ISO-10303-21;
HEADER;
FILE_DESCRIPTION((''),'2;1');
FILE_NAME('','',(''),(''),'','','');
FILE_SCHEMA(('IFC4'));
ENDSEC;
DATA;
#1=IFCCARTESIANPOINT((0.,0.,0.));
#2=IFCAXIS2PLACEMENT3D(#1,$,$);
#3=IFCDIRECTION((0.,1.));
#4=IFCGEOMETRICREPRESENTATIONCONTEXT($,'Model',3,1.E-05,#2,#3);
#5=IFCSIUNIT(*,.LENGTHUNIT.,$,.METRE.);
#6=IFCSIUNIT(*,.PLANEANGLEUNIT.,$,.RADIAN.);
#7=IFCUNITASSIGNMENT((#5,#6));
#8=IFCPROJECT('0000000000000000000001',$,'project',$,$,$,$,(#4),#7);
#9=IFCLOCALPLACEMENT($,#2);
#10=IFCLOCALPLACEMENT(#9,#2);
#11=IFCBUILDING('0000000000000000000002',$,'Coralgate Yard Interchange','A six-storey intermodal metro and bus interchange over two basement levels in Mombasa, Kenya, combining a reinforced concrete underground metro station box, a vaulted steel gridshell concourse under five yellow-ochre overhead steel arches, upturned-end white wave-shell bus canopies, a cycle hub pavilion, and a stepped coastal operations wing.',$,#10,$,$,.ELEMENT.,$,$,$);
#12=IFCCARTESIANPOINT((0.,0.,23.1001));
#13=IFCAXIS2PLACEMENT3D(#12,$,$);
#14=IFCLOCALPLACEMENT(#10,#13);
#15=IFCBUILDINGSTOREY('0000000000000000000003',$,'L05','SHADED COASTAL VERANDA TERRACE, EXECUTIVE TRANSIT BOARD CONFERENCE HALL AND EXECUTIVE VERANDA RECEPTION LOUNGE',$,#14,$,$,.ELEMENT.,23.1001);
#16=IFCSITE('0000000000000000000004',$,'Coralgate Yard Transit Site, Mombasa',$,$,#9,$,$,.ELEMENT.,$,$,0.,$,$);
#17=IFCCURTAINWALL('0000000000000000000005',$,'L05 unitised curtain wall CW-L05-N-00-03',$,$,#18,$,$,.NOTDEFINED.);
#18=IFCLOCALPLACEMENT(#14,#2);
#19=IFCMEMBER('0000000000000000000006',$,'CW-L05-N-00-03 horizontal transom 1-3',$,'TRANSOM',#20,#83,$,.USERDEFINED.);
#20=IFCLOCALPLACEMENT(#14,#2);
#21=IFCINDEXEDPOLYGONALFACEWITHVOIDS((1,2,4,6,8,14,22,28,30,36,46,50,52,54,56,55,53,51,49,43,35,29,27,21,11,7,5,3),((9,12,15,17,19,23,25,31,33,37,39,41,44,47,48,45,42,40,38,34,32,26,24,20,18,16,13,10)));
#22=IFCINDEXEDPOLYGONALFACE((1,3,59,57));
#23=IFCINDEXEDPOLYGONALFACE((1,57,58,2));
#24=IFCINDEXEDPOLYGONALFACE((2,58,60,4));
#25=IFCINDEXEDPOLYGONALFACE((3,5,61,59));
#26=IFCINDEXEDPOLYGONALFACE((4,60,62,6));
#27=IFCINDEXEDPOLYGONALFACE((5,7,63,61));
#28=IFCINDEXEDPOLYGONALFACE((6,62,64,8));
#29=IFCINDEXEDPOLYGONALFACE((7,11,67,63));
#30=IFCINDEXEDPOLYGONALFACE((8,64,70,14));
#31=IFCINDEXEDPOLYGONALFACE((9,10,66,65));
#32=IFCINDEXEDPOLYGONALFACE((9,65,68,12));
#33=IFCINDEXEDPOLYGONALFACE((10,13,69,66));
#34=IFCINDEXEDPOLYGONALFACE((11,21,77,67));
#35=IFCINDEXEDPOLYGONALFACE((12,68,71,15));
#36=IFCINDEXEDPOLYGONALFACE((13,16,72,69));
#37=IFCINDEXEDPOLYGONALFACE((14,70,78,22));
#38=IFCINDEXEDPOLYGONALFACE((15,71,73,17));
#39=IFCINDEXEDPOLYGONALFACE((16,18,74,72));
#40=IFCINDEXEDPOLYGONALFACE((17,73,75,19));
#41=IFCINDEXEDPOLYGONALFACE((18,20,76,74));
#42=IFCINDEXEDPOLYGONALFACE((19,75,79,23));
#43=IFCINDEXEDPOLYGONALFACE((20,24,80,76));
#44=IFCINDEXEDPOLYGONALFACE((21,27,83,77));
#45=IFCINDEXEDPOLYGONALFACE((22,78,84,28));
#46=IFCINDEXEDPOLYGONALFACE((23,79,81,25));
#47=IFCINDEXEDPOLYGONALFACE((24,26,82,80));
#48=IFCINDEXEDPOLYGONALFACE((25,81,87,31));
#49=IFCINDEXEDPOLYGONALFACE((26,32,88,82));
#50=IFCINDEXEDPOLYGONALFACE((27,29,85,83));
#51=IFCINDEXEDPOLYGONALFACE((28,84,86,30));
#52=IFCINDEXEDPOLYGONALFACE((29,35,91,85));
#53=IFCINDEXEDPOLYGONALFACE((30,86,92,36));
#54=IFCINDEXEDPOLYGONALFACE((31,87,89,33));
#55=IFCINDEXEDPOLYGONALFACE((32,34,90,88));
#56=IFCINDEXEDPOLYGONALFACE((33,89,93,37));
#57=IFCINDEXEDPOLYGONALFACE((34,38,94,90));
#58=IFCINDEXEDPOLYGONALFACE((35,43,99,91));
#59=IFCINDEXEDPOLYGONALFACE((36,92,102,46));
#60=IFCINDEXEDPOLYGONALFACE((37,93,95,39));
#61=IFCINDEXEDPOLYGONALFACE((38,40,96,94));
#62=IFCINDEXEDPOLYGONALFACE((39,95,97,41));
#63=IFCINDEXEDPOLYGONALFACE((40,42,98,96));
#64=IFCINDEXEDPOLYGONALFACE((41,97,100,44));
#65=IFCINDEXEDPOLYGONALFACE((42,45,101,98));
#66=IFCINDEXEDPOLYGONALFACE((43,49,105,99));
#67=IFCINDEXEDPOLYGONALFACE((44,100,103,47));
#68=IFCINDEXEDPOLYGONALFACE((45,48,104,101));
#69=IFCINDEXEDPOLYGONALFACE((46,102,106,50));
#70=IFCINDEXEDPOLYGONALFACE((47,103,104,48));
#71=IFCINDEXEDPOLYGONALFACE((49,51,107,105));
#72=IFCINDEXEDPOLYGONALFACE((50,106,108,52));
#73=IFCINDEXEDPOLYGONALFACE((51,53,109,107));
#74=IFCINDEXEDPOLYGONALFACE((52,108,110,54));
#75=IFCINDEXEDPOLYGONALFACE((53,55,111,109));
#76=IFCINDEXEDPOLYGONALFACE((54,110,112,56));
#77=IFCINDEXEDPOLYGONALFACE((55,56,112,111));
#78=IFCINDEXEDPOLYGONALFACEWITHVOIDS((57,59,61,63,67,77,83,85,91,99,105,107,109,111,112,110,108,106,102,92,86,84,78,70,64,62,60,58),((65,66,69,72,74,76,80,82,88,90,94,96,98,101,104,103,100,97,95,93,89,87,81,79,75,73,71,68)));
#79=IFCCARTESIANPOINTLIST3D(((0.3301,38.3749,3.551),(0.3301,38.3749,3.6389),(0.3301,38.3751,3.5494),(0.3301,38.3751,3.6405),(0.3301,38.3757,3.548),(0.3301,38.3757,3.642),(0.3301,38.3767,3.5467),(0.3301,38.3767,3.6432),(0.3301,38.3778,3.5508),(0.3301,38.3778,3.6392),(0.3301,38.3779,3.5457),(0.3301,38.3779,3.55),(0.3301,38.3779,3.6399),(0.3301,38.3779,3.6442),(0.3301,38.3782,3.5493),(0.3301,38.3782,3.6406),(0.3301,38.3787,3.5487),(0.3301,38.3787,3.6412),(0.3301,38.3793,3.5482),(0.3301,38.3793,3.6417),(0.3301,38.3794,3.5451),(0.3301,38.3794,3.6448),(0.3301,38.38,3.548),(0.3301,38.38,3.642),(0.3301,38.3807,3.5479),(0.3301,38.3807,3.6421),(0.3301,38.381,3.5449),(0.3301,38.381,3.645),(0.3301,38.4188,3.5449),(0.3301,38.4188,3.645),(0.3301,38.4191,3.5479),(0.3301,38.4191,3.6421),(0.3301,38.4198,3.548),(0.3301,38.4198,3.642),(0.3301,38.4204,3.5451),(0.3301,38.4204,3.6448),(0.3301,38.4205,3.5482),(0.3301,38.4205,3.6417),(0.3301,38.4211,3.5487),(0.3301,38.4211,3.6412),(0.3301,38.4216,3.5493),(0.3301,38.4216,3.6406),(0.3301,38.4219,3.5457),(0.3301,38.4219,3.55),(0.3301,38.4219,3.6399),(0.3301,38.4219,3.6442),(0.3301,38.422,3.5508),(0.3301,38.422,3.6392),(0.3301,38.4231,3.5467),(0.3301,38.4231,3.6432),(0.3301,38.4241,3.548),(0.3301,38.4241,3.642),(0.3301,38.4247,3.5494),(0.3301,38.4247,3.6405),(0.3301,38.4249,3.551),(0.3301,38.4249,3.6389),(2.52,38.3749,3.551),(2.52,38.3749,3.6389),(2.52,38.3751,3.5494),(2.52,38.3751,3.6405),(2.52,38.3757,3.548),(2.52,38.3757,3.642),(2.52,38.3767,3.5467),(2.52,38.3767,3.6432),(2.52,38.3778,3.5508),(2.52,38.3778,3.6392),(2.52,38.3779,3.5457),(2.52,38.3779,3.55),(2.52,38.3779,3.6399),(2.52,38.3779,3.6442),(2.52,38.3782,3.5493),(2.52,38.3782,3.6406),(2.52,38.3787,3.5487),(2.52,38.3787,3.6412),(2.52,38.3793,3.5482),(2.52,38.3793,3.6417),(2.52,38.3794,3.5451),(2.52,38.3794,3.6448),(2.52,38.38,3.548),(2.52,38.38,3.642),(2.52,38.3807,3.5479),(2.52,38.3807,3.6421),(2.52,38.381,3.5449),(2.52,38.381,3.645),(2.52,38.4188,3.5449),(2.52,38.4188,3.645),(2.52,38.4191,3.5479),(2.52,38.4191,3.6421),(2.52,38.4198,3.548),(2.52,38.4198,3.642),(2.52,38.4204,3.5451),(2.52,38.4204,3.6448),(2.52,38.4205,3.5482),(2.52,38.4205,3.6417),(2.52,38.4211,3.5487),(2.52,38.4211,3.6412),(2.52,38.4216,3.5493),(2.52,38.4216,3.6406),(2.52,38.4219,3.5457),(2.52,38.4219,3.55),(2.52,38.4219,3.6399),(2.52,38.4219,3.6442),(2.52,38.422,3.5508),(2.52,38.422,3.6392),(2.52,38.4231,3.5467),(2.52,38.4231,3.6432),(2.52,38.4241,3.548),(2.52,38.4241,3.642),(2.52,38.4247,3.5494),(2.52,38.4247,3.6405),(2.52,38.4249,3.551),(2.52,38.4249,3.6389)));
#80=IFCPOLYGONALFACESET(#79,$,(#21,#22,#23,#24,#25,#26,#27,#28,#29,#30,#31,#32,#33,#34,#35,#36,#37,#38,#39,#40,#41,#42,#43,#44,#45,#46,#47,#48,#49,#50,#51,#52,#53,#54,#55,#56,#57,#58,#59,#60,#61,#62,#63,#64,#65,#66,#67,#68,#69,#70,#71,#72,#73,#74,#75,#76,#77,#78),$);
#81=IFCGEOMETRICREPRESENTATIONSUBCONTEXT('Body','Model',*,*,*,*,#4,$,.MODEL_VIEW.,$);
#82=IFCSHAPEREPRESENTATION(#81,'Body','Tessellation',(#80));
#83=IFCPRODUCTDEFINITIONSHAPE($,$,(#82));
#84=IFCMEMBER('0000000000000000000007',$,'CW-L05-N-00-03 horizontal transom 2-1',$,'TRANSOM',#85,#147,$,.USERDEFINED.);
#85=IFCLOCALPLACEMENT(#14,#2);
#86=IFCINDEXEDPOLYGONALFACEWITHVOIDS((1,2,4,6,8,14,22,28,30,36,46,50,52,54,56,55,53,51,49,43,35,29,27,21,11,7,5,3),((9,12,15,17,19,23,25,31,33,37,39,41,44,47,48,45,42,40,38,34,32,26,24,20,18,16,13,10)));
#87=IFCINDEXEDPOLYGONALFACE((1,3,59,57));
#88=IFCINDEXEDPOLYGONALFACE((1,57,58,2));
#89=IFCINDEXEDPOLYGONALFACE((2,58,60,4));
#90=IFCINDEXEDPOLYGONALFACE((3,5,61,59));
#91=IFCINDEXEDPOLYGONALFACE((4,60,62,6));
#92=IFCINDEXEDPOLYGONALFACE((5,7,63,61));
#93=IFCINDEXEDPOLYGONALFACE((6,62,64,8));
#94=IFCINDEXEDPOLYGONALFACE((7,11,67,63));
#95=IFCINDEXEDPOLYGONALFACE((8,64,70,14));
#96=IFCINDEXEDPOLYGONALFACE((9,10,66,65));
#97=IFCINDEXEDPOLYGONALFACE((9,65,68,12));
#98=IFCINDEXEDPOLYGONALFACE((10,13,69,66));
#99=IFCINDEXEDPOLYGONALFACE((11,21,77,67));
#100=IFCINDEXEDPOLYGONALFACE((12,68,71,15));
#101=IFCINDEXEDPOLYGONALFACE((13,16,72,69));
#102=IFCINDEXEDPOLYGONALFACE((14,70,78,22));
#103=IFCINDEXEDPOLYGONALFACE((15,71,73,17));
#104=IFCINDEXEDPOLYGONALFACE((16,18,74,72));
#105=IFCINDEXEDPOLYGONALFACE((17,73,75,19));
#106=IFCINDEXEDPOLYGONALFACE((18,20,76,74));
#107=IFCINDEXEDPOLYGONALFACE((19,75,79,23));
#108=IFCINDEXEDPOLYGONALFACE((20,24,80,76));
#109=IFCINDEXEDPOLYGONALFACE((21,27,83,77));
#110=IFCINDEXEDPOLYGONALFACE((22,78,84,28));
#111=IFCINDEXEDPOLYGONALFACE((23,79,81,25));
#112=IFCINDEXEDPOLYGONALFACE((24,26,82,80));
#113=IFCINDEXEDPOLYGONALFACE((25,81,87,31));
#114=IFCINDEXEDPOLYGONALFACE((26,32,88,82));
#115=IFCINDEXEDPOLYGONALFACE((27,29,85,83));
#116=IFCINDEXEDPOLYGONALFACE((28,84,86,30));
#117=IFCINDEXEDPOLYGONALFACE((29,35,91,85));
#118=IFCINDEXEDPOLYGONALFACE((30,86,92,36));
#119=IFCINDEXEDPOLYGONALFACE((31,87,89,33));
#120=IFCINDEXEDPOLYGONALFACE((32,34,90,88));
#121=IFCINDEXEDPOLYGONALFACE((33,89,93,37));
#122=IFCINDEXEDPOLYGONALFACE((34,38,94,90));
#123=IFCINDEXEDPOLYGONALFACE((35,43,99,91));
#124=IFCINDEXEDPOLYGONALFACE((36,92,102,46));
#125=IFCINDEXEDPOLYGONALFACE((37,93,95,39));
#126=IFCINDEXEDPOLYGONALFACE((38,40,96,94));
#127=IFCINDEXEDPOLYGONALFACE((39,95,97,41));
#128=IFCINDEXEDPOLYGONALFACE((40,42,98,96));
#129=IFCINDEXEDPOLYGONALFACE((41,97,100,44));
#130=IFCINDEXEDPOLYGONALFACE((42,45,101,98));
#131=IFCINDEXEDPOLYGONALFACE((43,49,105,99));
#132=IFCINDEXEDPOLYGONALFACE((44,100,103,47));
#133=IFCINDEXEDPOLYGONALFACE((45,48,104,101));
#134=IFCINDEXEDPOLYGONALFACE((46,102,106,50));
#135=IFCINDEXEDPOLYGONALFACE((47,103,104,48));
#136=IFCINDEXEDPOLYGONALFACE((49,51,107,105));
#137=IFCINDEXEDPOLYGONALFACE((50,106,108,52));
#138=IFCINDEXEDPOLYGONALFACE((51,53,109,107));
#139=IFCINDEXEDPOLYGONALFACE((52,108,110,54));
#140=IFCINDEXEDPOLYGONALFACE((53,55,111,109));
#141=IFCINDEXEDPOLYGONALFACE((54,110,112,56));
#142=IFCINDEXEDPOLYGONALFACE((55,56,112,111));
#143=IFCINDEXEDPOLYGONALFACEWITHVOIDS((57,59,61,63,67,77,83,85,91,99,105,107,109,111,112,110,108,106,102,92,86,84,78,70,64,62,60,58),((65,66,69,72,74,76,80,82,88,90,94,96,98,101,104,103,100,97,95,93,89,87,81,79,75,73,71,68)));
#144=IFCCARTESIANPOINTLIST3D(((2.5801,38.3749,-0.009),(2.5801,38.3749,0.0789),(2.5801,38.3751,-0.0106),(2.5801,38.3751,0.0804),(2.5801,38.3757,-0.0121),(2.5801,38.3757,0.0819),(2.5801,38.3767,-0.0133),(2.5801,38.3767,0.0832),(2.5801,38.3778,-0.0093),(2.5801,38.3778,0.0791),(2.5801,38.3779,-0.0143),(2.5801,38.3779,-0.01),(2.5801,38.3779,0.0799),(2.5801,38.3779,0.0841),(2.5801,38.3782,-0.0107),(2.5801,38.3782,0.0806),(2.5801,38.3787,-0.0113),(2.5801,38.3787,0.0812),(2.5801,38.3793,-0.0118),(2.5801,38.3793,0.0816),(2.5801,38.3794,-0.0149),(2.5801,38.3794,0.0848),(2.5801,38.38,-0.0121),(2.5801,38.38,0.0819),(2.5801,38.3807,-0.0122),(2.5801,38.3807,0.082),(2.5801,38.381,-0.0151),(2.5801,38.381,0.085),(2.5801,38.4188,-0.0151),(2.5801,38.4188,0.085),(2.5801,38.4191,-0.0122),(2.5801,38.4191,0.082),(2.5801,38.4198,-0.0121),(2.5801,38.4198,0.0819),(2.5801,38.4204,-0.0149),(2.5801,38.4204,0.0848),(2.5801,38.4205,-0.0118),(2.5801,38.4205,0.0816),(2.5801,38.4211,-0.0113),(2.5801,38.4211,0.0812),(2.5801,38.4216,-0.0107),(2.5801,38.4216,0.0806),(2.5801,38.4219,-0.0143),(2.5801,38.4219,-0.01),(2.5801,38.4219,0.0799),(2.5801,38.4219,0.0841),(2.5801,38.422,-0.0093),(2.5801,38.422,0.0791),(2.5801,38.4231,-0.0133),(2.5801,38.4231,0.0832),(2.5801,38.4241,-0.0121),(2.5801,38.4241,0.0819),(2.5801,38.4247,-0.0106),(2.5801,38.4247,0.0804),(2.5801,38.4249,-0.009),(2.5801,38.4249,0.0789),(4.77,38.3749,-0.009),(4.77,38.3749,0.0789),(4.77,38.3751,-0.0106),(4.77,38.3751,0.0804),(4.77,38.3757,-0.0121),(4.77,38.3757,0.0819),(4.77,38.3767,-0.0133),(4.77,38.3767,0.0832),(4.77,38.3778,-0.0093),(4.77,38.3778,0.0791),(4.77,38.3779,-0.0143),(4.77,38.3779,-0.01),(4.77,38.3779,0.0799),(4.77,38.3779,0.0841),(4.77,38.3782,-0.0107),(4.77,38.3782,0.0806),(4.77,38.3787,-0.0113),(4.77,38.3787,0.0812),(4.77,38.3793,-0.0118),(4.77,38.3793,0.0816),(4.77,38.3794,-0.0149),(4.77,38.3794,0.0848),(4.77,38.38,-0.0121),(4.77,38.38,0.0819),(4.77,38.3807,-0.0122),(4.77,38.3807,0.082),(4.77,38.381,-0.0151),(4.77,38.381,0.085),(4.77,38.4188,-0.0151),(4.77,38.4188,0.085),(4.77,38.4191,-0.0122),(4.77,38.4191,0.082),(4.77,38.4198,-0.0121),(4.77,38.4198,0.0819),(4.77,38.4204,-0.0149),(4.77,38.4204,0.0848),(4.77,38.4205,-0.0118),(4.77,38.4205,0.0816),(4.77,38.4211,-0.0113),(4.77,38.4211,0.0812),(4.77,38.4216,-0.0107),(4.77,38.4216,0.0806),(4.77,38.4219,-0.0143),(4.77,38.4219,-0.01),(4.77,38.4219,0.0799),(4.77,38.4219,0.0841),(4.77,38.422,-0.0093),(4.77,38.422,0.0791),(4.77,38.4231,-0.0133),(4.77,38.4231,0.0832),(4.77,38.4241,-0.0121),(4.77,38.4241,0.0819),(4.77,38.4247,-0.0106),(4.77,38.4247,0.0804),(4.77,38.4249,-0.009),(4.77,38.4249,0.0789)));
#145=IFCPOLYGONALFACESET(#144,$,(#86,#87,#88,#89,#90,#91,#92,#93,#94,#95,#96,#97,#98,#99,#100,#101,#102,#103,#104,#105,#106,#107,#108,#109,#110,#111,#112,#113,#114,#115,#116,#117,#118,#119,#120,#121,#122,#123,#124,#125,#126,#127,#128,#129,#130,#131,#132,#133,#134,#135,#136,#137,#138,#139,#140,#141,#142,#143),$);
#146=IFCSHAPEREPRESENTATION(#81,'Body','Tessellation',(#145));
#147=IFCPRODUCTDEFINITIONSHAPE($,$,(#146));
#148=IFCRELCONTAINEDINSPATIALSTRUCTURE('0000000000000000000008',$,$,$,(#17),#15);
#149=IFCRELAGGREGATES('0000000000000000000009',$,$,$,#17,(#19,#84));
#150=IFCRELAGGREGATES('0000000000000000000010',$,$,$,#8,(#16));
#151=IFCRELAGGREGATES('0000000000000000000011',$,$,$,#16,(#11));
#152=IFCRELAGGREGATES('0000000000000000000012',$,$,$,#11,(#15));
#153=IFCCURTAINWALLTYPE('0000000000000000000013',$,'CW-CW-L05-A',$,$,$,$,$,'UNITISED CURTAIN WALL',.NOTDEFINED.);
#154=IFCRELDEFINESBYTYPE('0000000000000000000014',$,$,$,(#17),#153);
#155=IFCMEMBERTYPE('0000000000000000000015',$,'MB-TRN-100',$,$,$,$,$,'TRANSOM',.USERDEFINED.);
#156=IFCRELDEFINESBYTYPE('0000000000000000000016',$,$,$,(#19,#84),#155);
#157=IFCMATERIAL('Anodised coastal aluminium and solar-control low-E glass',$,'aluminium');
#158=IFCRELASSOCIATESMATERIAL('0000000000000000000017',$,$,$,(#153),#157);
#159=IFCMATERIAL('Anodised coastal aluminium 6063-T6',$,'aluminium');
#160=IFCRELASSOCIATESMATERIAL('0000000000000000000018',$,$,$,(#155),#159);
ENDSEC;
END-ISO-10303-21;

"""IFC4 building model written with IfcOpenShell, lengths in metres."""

from ifc_helpers import new_model, si_unit, direction, frame, origin, origin_2d, place, context, subcontext, project, spatial, hollow_rectangle, extrude, material, material_profile, profile_set, type_object, element, aggregate, save


model = new_model("IFC4")

# Units and contexts
model_context = context("Model", 3, precision=1e-05, world=origin(), true_north=direction((0.0, 1.0)))
body_context = subcontext(model_context, "Body", "Model", "MODEL_VIEW")
ifc_project = project(units=[si_unit("LENGTHUNIT", "METRE"), si_unit("PLANEANGLEUNIT", "RADIAN")], contexts=[model_context])

# Site, building, storey
site_placement = place(None, origin())
site = spatial("IfcSite", under=ifc_project, at=site_placement, Name="Coralgate Yard Transit Site, Mombasa", CompositionType="ELEMENT", RefElevation=0.0)
building_placement = place(site_placement, origin())
building = spatial("IfcBuilding", under=site, at=building_placement, Name="Coralgate Yard Interchange", Description="A six-storey intermodal metro and bus interchange over two basement levels in Mombasa, Kenya, combining a reinforced concrete underground metro station box, a vaulted steel gridshell concourse under five yellow-ochre overhead steel arches, upturned-end white wave-shell bus canopies, a cycle hub pavilion, and a stepped coastal operations wing.", CompositionType="ELEMENT")
storey_placement = place(building_placement, frame((0.0, 0.0, 23.1001)))
storey = spatial("IfcBuildingStorey", under=building, at=storey_placement, Name="L05", Description="SHADED COASTAL VERANDA TERRACE, EXECUTIVE TRANSIT BOARD CONFERENCE HALL AND EXECUTIVE VERANDA RECEPTION LOUNGE", CompositionType="ELEMENT", Elevation=23.1001)

# Curtain wall
ifc_material_1 = material(Name="Anodised coastal aluminium and solar-control low-E glass", Category="aluminium")
curtain_wall_type = type_object("IfcCurtainWallType", Name="CW-CW-L05-A", ElementType="UNITISED CURTAIN WALL", PredefinedType="NOTDEFINED", material=ifc_material_1)
ifc_material_2 = material(Name="Anodised coastal aluminium 6063-T6", Category="aluminium")
curtain_wall_1_placement = place(storey_placement, origin())
curtain_wall_1 = element("IfcCurtainWall", 1, at=curtain_wall_1_placement, inside=storey, type_object=curtain_wall_type, Name="L05 unitised curtain wall CW-L05-N-00-03", PredefinedType="NOTDEFINED")

# Members
ifc_material_profile_1 = material_profile(ifc_material_2, hollow_rectangle(XDim=0.05, YDim=0.1001, WallThickness=0.0029, InnerFilletRadius=0.0029, OuterFilletRadius=0.0061, at=origin_2d()), Name="ALU 50x100x3")
ifc_profile_set_1 = profile_set([ifc_material_profile_1], Name="Anodised coastal aluminium 6063-T6")
member_type_1 = type_object("IfcMemberType", Name="MB-TRN-100", ElementType="TRANSOM", PredefinedType="USERDEFINED", material=ifc_profile_set_1)
member_1_placement = place(storey_placement, frame((0.3301, 38.3999, 3.595), z_axis=(1.0, 0.0, 0.0), x_axis=(0.0, 1.0, 0.0)))
member_1 = element("IfcMember", 2, at=member_1_placement, type_object=member_type_1, Name="CW-L05-N-00-03 horizontal transom 1-3", ObjectType="TRANSOM", PredefinedType="USERDEFINED", context=body_context, shape_type="SweptSolid", body=[
    extrude(hollow_rectangle(XDim=0.05, YDim=0.1001, WallThickness=0.0029, InnerFilletRadius=0.0029, OuterFilletRadius=0.0061, at=origin_2d()), origin(), (0.0, 0.0, 1.0), 2.1899),
])
member_2_placement = place(storey_placement, frame((2.5801, 38.3999, 0.0349), z_axis=(1.0, 0.0, 0.0), x_axis=(0.0, 1.0, 0.0)))
member_2 = element("IfcMember", 3, at=member_2_placement, type_object=member_type_1, Name="CW-L05-N-00-03 horizontal transom 2-1", ObjectType="TRANSOM", PredefinedType="USERDEFINED", context=body_context, shape_type="SweptSolid", body=[
    extrude(hollow_rectangle(XDim=0.05, YDim=0.1001, WallThickness=0.0029, InnerFilletRadius=0.0029, OuterFilletRadius=0.0061, at=origin_2d()), origin(), (0.0, 0.0, 1.0), 2.1899),
])

aggregate(curtain_wall_1, [member_1, member_2])

save(model, "model.ifc")
